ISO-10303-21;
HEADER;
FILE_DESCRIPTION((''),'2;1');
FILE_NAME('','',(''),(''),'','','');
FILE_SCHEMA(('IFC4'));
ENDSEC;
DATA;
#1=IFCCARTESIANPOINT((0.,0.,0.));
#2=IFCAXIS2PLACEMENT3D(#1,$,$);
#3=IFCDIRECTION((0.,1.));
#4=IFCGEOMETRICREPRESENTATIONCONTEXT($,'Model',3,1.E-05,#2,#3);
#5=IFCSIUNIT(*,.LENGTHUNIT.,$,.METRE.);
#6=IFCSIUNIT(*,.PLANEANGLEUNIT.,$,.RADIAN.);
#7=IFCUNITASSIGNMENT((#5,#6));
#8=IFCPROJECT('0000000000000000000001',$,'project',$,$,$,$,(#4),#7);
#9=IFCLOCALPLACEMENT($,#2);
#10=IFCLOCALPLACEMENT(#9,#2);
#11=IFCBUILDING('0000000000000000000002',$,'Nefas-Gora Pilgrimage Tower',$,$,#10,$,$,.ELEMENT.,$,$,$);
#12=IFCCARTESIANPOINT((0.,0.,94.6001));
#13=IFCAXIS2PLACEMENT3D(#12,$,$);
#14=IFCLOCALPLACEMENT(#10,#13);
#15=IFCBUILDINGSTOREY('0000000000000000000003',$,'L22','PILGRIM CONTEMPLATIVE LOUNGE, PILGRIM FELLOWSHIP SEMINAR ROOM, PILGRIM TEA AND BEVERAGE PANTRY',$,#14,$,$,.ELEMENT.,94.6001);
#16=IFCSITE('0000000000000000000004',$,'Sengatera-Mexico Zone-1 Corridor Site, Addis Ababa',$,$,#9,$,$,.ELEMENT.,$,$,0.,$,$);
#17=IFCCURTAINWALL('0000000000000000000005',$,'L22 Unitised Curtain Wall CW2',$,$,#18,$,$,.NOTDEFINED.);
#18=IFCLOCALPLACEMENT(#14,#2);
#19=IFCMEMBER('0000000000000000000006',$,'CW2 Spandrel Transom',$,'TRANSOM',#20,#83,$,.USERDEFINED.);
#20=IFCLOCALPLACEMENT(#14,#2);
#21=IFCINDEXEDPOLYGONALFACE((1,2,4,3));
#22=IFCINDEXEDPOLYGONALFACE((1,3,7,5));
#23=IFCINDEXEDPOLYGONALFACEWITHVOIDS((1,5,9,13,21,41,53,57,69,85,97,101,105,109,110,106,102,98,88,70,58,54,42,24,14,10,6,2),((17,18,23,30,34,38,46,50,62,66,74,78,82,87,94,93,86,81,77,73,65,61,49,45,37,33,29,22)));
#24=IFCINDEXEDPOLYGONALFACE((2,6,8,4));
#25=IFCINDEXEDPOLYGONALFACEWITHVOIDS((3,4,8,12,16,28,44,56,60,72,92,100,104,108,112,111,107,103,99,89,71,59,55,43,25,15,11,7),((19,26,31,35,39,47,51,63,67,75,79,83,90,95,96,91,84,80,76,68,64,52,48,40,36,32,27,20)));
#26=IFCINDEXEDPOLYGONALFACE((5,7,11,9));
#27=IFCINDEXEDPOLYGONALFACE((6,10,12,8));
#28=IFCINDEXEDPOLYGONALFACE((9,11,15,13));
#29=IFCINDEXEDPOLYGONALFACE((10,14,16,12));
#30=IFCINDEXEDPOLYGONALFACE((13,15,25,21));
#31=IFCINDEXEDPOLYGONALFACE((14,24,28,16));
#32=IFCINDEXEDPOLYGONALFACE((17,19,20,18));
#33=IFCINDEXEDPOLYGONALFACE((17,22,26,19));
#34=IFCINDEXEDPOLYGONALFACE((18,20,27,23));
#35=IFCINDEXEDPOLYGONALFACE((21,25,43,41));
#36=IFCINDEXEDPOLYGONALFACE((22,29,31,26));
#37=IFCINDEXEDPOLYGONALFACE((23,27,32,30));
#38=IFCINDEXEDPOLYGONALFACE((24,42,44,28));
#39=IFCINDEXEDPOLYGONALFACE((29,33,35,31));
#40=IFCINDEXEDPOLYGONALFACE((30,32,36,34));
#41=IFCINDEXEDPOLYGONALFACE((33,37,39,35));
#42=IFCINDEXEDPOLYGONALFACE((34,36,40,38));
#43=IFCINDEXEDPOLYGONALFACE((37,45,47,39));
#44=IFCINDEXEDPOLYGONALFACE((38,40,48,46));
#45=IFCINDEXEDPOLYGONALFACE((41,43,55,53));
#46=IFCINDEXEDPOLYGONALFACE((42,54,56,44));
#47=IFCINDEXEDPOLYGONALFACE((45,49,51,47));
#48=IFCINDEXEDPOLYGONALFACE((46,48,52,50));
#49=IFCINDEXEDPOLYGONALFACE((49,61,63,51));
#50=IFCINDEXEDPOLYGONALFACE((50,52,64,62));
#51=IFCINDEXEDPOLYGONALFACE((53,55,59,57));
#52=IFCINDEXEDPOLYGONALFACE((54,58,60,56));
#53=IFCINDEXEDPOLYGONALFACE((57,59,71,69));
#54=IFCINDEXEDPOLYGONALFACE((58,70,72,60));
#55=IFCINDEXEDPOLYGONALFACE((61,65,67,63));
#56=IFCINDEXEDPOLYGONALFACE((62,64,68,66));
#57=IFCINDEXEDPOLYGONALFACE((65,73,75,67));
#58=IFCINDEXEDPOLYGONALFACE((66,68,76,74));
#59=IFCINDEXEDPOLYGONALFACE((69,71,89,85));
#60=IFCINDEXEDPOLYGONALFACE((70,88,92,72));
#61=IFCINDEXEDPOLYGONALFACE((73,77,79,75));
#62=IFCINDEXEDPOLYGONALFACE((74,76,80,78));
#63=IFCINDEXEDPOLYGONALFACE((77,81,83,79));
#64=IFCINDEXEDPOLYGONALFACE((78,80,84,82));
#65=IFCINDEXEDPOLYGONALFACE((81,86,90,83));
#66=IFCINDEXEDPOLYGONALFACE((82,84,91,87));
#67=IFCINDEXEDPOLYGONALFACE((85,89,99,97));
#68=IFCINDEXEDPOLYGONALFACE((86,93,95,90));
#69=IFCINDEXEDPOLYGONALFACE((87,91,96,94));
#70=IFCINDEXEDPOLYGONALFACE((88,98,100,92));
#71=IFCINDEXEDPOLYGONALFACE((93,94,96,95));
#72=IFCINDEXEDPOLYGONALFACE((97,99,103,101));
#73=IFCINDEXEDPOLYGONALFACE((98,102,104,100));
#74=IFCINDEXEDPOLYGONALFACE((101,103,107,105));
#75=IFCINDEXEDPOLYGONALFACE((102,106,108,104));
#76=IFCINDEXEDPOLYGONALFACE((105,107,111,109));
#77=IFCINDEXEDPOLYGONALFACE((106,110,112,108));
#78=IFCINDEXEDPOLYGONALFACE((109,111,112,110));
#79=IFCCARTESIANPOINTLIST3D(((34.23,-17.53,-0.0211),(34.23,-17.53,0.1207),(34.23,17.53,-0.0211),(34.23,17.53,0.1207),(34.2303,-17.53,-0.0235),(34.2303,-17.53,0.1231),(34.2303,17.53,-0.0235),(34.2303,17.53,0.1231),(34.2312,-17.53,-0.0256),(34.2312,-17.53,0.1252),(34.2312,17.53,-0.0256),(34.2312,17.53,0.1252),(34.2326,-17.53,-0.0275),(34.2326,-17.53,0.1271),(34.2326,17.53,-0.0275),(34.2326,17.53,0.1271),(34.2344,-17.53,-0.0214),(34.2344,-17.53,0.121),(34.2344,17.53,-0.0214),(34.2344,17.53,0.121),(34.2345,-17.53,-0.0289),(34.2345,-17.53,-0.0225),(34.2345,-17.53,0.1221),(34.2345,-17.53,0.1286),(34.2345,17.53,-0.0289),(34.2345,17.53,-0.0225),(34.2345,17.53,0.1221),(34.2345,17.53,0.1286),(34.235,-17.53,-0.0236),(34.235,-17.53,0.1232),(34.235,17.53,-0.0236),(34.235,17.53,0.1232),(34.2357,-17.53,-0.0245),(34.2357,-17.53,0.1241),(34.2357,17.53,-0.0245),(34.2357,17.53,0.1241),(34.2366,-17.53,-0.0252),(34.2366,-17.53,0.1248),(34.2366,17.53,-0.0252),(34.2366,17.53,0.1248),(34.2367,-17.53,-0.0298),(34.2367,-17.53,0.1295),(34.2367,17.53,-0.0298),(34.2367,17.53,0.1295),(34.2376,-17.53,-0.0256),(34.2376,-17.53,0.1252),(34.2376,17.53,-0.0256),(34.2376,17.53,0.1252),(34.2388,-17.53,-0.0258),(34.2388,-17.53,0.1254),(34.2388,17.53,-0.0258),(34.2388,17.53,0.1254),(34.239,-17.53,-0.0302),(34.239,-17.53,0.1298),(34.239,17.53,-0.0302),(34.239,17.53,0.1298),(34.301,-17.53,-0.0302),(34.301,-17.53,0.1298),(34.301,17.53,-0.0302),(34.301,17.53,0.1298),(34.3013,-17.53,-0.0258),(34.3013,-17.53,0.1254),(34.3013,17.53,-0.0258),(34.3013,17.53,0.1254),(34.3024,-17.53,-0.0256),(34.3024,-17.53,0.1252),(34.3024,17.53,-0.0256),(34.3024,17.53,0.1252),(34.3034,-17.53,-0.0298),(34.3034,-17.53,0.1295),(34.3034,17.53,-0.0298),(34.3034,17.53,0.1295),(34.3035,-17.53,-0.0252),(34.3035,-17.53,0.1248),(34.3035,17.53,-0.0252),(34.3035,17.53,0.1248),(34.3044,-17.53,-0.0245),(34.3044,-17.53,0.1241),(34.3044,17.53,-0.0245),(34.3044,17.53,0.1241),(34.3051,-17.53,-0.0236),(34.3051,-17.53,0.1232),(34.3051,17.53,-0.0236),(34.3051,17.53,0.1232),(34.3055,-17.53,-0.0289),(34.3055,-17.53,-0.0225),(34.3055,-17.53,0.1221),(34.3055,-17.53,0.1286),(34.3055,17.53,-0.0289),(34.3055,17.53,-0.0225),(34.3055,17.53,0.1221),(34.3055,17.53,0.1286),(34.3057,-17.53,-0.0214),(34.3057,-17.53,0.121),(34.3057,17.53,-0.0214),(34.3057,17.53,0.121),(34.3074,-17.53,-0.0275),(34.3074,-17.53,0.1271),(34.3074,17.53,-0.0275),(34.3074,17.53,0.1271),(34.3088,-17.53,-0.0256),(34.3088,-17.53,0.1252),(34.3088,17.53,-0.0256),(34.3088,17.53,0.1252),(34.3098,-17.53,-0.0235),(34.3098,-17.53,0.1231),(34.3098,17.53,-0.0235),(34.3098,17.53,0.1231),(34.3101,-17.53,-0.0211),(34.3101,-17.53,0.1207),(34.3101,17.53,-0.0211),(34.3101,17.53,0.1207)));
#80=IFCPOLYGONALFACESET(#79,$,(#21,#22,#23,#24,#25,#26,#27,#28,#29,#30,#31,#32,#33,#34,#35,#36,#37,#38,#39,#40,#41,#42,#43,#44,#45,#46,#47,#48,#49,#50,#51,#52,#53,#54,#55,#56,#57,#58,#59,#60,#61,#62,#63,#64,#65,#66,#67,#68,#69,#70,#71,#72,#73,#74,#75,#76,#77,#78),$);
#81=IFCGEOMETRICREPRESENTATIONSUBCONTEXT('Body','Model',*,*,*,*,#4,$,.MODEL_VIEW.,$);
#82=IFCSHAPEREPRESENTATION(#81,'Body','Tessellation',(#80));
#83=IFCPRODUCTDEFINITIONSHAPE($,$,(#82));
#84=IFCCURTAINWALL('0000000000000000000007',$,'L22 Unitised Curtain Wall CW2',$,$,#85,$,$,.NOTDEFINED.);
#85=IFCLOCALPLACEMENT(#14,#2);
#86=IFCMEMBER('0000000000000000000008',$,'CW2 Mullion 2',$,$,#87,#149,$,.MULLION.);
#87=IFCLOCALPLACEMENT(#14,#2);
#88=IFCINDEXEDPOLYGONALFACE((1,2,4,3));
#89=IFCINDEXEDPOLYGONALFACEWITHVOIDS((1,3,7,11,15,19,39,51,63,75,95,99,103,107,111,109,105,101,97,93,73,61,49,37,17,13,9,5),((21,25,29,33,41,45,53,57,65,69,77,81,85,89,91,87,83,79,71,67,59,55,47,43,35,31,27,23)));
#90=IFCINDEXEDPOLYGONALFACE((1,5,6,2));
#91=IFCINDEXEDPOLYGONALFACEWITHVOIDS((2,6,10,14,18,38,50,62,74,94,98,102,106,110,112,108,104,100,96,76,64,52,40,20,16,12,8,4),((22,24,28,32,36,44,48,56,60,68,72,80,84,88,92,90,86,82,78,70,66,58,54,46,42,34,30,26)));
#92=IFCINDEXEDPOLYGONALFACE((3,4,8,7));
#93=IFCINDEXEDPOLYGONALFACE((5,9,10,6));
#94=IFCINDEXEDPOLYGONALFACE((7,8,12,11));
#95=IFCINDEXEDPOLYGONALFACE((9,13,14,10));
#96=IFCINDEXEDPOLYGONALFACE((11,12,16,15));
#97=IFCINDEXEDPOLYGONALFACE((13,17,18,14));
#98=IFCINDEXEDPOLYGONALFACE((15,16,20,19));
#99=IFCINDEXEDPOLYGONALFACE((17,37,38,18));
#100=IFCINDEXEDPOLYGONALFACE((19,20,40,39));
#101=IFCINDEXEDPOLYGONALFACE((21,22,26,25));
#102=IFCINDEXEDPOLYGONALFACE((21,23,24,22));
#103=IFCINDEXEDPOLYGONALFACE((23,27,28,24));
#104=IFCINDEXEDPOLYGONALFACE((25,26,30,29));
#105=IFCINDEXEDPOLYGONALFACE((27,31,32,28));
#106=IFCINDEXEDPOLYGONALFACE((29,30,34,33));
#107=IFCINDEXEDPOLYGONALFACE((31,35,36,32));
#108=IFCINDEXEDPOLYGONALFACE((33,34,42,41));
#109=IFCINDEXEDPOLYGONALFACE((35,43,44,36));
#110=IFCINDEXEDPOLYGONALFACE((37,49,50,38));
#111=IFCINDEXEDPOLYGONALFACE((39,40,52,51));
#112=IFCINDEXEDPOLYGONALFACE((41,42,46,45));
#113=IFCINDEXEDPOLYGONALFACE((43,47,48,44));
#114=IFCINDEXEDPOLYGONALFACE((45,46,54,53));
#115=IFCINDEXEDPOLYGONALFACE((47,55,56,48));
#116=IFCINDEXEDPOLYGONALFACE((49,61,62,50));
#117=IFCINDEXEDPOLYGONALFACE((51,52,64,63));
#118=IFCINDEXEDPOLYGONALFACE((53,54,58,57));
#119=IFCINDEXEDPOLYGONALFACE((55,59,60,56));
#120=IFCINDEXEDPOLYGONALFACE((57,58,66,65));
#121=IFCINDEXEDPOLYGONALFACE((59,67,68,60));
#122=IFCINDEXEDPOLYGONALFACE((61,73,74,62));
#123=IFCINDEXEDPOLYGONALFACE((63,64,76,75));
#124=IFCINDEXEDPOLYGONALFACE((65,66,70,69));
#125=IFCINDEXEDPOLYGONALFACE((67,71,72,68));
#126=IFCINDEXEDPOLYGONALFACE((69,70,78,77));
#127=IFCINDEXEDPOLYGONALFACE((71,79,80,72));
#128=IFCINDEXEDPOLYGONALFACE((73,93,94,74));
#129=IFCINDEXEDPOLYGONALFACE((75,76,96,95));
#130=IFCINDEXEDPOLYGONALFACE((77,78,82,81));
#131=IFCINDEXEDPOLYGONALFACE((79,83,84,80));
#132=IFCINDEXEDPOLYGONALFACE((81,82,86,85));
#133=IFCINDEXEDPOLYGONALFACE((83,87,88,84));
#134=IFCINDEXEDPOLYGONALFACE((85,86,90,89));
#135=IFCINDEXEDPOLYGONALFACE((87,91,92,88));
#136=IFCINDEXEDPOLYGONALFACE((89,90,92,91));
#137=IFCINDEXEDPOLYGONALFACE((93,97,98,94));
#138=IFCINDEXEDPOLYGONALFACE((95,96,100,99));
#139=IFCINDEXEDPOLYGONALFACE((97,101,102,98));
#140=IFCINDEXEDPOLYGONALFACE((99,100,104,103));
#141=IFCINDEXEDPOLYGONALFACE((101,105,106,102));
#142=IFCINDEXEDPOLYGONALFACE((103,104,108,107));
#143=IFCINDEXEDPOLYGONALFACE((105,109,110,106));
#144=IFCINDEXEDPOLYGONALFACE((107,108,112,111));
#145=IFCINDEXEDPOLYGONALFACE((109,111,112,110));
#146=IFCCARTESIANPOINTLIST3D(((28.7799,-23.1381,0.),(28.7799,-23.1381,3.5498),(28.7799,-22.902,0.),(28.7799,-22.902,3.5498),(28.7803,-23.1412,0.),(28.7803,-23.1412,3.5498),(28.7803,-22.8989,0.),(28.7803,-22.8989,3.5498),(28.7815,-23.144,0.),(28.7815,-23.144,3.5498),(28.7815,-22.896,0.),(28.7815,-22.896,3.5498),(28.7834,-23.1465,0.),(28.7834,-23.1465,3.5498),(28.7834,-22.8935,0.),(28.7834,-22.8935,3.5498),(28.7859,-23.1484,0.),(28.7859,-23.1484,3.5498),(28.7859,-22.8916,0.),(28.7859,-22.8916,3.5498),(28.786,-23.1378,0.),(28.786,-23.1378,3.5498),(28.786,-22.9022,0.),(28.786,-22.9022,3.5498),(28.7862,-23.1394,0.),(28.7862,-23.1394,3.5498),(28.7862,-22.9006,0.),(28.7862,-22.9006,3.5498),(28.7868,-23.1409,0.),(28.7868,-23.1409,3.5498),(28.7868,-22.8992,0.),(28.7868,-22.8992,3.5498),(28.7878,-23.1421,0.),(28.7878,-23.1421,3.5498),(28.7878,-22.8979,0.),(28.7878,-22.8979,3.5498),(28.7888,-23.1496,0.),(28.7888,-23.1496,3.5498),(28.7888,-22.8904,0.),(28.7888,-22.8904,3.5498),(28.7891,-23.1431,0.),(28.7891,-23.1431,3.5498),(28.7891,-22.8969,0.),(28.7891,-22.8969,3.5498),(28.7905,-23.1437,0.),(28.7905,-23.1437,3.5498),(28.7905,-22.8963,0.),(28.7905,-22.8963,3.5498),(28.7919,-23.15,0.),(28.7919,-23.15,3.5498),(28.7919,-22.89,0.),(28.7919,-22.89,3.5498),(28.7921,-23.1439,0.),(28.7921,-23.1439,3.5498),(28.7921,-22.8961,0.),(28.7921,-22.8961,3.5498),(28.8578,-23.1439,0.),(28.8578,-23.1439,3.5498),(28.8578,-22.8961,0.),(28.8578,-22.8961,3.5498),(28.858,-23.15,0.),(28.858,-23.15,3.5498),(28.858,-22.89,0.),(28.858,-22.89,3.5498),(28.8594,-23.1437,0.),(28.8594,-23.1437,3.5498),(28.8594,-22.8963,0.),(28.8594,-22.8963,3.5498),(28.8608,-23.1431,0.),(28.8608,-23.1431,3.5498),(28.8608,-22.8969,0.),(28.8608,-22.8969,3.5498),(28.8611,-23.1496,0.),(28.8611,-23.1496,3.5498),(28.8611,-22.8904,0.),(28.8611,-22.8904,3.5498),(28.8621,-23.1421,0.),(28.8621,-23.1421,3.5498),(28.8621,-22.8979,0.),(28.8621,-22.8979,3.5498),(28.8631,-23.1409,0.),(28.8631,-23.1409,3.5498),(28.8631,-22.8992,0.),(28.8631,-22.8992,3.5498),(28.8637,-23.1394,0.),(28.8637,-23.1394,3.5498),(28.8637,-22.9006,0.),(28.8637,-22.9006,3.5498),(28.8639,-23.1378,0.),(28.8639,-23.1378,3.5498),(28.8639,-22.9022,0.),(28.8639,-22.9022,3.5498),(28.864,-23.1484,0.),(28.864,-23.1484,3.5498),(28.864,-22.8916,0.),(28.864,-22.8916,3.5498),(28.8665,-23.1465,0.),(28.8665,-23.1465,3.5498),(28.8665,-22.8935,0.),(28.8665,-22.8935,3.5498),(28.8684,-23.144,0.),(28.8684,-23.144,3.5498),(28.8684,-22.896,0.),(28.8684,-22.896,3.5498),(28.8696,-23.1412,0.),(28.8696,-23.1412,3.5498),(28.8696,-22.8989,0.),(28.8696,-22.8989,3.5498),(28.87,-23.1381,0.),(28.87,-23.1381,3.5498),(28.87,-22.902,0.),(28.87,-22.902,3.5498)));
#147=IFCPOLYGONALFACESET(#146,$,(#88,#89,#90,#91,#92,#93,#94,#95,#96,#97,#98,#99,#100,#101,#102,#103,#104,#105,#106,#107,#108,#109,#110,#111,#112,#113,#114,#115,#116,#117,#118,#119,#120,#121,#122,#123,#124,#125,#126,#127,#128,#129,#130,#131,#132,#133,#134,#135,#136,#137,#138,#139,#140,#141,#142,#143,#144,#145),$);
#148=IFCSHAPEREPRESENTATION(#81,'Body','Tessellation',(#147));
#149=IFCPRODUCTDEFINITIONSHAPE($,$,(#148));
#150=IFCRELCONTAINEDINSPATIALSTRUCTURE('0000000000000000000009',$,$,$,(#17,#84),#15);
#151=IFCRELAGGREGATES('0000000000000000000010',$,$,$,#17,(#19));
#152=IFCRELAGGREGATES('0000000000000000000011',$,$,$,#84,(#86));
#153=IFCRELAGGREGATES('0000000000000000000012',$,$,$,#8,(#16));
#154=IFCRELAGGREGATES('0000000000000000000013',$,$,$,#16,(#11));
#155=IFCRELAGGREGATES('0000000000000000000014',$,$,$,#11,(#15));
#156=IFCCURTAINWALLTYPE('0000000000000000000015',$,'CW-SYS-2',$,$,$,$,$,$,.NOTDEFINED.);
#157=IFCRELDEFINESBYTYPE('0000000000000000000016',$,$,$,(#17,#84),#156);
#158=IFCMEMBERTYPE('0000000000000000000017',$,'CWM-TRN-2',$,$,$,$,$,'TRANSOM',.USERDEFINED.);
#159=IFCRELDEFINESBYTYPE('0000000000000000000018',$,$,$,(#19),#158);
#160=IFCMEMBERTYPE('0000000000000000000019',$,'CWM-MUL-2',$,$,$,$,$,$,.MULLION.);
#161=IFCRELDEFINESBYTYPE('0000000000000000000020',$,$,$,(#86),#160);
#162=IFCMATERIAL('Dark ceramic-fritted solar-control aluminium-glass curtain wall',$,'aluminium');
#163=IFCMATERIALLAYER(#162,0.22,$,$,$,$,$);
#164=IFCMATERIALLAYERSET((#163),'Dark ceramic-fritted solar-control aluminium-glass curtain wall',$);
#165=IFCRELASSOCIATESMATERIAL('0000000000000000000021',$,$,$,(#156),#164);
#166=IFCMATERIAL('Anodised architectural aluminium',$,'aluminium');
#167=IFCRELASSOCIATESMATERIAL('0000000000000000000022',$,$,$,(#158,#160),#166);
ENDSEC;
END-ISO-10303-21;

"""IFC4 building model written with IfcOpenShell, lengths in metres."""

from ifc_helpers import new_model, si_unit, direction, frame, origin, origin_2d, place, context, subcontext, project, spatial, hollow_rectangle, extrude, source, transform, mapped, material, layer, layer_set, material_profile, profile_set, type_object, element, aggregate, save


model = new_model("IFC4")

# Units and contexts
model_context = context("Model", 3, precision=1e-05, world=origin(), true_north=direction((0.0, 1.0)))
body_context = subcontext(model_context, "Body", "Model", "MODEL_VIEW")
ifc_project = project(units=[si_unit("LENGTHUNIT", "METRE"), si_unit("PLANEANGLEUNIT", "RADIAN")], contexts=[model_context])

# Site, building, storey
site_placement = place(None, origin())
site = spatial("IfcSite", under=ifc_project, at=site_placement, Name="Sengatera-Mexico Zone-1 Corridor Site, Addis Ababa", CompositionType="ELEMENT", RefElevation=0.0)
building_placement = place(site_placement, origin())
building = spatial("IfcBuilding", under=site, at=building_placement, Name="Nefas-Gora Pilgrimage Tower", CompositionType="ELEMENT")
storey_placement = place(building_placement, frame((0.0, 0.0, 94.6001)))
storey = spatial("IfcBuildingStorey", under=building, at=storey_placement, Name="L22", Description="PILGRIM CONTEMPLATIVE LOUNGE, PILGRIM FELLOWSHIP SEMINAR ROOM, PILGRIM TEA AND BEVERAGE PANTRY", CompositionType="ELEMENT", Elevation=94.6001)

# Curtain walls, members
ifc_material_1 = material(Name="Dark ceramic-fritted solar-control aluminium-glass curtain wall", Category="aluminium")
ifc_layer_1 = layer(ifc_material_1, 0.22)
ifc_layer_set_1 = layer_set([ifc_layer_1], Name="Dark ceramic-fritted solar-control aluminium-glass curtain wall")
curtain_wall_type = type_object("IfcCurtainWallType", Name="CW-SYS-2", PredefinedType="NOTDEFINED", material=ifc_layer_set_1)
curtain_wall_1_placement = place(storey_placement, origin())
curtain_wall_1 = element("IfcCurtainWall", 1, at=curtain_wall_1_placement, inside=storey, type_object=curtain_wall_type, Name="L22 Unitised Curtain Wall CW2", PredefinedType="NOTDEFINED")
ifc_material_2 = material(Name="Anodised architectural aluminium", Category="aluminium")
ifc_material_profile_1 = material_profile(ifc_material_2, hollow_rectangle(XDim=0.0801, YDim=0.1599, WallThickness=0.0044, InnerFilletRadius=0.0044, OuterFilletRadius=0.009, at=origin_2d()), Name="ALU TRANSOM 80x160")
ifc_profile_set_1 = profile_set([ifc_material_profile_1], Name="Anodised architectural aluminium")
member_type_1 = type_object("IfcMemberType", Name="CWM-TRN-2", ElementType="TRANSOM", PredefinedType="USERDEFINED", material=ifc_profile_set_1)
shared_shape_1 = source(origin(), body_context, "Body", "SweptSolid", [
    extrude(hollow_rectangle(XDim=0.0801, YDim=0.1599, WallThickness=0.0044, InnerFilletRadius=0.0044, OuterFilletRadius=0.009, at=origin_2d()), origin(), (0.0, 0.0, 1.0), 35.0601),
])
member_1_placement = place(storey_placement, frame((34.27, -17.53, 0.0498), z_axis=(0.0, 1.0, 0.0), x_axis=(-1.0, 0.0, 0.0)))
member_1 = element("IfcMember", 2, at=member_1_placement, type_object=member_type_1, Name="CW2 Spandrel Transom", ObjectType="TRANSOM", PredefinedType="USERDEFINED", context=body_context, shape_type="MappedRepresentation", body=[
    mapped(shared_shape_1, transform((0.0, 0.0, 0.0), x_axis=(1.0, 0.0, 0.0), y_axis=(0.0, 1.0, 0.0), z_axis=(0.0, 0.0, 1.0), scale=1.0)),
])
curtain_wall_2_placement = place(storey_placement, origin())
curtain_wall_2 = element("IfcCurtainWall", 3, at=curtain_wall_2_placement, inside=storey, type_object=curtain_wall_type, Name="L22 Unitised Curtain Wall CW2", PredefinedType="NOTDEFINED")
ifc_material_profile_2 = material_profile(ifc_material_2, hollow_rectangle(XDim=0.0901, YDim=0.26, WallThickness=0.0061, InnerFilletRadius=0.0061, OuterFilletRadius=0.012, at=origin_2d()), Name="ALU MULLION 90x260")
ifc_profile_set_2 = profile_set([ifc_material_profile_2], Name="Anodised architectural aluminium")
member_type_2 = type_object("IfcMemberType", Name="CWM-MUL-2", PredefinedType="MULLION", material=ifc_profile_set_2)
shared_shape_2 = source(origin(), body_context, "Body", "SweptSolid", [
    extrude(hollow_rectangle(XDim=0.0901, YDim=0.26, WallThickness=0.0061, InnerFilletRadius=0.0061, OuterFilletRadius=0.012, at=origin_2d()), origin(), (0.0, 0.0, 1.0), 3.5498),
])
member_2_placement = place(storey_placement, frame((28.825, -23.02, 0.0), z_axis=(0.0, 0.0, 1.0), x_axis=(1.0, 0.0, 0.0)))
member_2 = element("IfcMember", 4, at=member_2_placement, type_object=member_type_2, Name="CW2 Mullion 2", PredefinedType="MULLION", context=body_context, shape_type="MappedRepresentation", body=[
    mapped(shared_shape_2, transform((0.0, 0.0, 0.0), x_axis=(1.0, 0.0, 0.0), y_axis=(0.0, 1.0, 0.0), z_axis=(0.0, 0.0, 1.0), scale=1.0)),
])

aggregate(curtain_wall_1, [member_1])

aggregate(curtain_wall_2, [member_2])

save(model, "model.ifc")
